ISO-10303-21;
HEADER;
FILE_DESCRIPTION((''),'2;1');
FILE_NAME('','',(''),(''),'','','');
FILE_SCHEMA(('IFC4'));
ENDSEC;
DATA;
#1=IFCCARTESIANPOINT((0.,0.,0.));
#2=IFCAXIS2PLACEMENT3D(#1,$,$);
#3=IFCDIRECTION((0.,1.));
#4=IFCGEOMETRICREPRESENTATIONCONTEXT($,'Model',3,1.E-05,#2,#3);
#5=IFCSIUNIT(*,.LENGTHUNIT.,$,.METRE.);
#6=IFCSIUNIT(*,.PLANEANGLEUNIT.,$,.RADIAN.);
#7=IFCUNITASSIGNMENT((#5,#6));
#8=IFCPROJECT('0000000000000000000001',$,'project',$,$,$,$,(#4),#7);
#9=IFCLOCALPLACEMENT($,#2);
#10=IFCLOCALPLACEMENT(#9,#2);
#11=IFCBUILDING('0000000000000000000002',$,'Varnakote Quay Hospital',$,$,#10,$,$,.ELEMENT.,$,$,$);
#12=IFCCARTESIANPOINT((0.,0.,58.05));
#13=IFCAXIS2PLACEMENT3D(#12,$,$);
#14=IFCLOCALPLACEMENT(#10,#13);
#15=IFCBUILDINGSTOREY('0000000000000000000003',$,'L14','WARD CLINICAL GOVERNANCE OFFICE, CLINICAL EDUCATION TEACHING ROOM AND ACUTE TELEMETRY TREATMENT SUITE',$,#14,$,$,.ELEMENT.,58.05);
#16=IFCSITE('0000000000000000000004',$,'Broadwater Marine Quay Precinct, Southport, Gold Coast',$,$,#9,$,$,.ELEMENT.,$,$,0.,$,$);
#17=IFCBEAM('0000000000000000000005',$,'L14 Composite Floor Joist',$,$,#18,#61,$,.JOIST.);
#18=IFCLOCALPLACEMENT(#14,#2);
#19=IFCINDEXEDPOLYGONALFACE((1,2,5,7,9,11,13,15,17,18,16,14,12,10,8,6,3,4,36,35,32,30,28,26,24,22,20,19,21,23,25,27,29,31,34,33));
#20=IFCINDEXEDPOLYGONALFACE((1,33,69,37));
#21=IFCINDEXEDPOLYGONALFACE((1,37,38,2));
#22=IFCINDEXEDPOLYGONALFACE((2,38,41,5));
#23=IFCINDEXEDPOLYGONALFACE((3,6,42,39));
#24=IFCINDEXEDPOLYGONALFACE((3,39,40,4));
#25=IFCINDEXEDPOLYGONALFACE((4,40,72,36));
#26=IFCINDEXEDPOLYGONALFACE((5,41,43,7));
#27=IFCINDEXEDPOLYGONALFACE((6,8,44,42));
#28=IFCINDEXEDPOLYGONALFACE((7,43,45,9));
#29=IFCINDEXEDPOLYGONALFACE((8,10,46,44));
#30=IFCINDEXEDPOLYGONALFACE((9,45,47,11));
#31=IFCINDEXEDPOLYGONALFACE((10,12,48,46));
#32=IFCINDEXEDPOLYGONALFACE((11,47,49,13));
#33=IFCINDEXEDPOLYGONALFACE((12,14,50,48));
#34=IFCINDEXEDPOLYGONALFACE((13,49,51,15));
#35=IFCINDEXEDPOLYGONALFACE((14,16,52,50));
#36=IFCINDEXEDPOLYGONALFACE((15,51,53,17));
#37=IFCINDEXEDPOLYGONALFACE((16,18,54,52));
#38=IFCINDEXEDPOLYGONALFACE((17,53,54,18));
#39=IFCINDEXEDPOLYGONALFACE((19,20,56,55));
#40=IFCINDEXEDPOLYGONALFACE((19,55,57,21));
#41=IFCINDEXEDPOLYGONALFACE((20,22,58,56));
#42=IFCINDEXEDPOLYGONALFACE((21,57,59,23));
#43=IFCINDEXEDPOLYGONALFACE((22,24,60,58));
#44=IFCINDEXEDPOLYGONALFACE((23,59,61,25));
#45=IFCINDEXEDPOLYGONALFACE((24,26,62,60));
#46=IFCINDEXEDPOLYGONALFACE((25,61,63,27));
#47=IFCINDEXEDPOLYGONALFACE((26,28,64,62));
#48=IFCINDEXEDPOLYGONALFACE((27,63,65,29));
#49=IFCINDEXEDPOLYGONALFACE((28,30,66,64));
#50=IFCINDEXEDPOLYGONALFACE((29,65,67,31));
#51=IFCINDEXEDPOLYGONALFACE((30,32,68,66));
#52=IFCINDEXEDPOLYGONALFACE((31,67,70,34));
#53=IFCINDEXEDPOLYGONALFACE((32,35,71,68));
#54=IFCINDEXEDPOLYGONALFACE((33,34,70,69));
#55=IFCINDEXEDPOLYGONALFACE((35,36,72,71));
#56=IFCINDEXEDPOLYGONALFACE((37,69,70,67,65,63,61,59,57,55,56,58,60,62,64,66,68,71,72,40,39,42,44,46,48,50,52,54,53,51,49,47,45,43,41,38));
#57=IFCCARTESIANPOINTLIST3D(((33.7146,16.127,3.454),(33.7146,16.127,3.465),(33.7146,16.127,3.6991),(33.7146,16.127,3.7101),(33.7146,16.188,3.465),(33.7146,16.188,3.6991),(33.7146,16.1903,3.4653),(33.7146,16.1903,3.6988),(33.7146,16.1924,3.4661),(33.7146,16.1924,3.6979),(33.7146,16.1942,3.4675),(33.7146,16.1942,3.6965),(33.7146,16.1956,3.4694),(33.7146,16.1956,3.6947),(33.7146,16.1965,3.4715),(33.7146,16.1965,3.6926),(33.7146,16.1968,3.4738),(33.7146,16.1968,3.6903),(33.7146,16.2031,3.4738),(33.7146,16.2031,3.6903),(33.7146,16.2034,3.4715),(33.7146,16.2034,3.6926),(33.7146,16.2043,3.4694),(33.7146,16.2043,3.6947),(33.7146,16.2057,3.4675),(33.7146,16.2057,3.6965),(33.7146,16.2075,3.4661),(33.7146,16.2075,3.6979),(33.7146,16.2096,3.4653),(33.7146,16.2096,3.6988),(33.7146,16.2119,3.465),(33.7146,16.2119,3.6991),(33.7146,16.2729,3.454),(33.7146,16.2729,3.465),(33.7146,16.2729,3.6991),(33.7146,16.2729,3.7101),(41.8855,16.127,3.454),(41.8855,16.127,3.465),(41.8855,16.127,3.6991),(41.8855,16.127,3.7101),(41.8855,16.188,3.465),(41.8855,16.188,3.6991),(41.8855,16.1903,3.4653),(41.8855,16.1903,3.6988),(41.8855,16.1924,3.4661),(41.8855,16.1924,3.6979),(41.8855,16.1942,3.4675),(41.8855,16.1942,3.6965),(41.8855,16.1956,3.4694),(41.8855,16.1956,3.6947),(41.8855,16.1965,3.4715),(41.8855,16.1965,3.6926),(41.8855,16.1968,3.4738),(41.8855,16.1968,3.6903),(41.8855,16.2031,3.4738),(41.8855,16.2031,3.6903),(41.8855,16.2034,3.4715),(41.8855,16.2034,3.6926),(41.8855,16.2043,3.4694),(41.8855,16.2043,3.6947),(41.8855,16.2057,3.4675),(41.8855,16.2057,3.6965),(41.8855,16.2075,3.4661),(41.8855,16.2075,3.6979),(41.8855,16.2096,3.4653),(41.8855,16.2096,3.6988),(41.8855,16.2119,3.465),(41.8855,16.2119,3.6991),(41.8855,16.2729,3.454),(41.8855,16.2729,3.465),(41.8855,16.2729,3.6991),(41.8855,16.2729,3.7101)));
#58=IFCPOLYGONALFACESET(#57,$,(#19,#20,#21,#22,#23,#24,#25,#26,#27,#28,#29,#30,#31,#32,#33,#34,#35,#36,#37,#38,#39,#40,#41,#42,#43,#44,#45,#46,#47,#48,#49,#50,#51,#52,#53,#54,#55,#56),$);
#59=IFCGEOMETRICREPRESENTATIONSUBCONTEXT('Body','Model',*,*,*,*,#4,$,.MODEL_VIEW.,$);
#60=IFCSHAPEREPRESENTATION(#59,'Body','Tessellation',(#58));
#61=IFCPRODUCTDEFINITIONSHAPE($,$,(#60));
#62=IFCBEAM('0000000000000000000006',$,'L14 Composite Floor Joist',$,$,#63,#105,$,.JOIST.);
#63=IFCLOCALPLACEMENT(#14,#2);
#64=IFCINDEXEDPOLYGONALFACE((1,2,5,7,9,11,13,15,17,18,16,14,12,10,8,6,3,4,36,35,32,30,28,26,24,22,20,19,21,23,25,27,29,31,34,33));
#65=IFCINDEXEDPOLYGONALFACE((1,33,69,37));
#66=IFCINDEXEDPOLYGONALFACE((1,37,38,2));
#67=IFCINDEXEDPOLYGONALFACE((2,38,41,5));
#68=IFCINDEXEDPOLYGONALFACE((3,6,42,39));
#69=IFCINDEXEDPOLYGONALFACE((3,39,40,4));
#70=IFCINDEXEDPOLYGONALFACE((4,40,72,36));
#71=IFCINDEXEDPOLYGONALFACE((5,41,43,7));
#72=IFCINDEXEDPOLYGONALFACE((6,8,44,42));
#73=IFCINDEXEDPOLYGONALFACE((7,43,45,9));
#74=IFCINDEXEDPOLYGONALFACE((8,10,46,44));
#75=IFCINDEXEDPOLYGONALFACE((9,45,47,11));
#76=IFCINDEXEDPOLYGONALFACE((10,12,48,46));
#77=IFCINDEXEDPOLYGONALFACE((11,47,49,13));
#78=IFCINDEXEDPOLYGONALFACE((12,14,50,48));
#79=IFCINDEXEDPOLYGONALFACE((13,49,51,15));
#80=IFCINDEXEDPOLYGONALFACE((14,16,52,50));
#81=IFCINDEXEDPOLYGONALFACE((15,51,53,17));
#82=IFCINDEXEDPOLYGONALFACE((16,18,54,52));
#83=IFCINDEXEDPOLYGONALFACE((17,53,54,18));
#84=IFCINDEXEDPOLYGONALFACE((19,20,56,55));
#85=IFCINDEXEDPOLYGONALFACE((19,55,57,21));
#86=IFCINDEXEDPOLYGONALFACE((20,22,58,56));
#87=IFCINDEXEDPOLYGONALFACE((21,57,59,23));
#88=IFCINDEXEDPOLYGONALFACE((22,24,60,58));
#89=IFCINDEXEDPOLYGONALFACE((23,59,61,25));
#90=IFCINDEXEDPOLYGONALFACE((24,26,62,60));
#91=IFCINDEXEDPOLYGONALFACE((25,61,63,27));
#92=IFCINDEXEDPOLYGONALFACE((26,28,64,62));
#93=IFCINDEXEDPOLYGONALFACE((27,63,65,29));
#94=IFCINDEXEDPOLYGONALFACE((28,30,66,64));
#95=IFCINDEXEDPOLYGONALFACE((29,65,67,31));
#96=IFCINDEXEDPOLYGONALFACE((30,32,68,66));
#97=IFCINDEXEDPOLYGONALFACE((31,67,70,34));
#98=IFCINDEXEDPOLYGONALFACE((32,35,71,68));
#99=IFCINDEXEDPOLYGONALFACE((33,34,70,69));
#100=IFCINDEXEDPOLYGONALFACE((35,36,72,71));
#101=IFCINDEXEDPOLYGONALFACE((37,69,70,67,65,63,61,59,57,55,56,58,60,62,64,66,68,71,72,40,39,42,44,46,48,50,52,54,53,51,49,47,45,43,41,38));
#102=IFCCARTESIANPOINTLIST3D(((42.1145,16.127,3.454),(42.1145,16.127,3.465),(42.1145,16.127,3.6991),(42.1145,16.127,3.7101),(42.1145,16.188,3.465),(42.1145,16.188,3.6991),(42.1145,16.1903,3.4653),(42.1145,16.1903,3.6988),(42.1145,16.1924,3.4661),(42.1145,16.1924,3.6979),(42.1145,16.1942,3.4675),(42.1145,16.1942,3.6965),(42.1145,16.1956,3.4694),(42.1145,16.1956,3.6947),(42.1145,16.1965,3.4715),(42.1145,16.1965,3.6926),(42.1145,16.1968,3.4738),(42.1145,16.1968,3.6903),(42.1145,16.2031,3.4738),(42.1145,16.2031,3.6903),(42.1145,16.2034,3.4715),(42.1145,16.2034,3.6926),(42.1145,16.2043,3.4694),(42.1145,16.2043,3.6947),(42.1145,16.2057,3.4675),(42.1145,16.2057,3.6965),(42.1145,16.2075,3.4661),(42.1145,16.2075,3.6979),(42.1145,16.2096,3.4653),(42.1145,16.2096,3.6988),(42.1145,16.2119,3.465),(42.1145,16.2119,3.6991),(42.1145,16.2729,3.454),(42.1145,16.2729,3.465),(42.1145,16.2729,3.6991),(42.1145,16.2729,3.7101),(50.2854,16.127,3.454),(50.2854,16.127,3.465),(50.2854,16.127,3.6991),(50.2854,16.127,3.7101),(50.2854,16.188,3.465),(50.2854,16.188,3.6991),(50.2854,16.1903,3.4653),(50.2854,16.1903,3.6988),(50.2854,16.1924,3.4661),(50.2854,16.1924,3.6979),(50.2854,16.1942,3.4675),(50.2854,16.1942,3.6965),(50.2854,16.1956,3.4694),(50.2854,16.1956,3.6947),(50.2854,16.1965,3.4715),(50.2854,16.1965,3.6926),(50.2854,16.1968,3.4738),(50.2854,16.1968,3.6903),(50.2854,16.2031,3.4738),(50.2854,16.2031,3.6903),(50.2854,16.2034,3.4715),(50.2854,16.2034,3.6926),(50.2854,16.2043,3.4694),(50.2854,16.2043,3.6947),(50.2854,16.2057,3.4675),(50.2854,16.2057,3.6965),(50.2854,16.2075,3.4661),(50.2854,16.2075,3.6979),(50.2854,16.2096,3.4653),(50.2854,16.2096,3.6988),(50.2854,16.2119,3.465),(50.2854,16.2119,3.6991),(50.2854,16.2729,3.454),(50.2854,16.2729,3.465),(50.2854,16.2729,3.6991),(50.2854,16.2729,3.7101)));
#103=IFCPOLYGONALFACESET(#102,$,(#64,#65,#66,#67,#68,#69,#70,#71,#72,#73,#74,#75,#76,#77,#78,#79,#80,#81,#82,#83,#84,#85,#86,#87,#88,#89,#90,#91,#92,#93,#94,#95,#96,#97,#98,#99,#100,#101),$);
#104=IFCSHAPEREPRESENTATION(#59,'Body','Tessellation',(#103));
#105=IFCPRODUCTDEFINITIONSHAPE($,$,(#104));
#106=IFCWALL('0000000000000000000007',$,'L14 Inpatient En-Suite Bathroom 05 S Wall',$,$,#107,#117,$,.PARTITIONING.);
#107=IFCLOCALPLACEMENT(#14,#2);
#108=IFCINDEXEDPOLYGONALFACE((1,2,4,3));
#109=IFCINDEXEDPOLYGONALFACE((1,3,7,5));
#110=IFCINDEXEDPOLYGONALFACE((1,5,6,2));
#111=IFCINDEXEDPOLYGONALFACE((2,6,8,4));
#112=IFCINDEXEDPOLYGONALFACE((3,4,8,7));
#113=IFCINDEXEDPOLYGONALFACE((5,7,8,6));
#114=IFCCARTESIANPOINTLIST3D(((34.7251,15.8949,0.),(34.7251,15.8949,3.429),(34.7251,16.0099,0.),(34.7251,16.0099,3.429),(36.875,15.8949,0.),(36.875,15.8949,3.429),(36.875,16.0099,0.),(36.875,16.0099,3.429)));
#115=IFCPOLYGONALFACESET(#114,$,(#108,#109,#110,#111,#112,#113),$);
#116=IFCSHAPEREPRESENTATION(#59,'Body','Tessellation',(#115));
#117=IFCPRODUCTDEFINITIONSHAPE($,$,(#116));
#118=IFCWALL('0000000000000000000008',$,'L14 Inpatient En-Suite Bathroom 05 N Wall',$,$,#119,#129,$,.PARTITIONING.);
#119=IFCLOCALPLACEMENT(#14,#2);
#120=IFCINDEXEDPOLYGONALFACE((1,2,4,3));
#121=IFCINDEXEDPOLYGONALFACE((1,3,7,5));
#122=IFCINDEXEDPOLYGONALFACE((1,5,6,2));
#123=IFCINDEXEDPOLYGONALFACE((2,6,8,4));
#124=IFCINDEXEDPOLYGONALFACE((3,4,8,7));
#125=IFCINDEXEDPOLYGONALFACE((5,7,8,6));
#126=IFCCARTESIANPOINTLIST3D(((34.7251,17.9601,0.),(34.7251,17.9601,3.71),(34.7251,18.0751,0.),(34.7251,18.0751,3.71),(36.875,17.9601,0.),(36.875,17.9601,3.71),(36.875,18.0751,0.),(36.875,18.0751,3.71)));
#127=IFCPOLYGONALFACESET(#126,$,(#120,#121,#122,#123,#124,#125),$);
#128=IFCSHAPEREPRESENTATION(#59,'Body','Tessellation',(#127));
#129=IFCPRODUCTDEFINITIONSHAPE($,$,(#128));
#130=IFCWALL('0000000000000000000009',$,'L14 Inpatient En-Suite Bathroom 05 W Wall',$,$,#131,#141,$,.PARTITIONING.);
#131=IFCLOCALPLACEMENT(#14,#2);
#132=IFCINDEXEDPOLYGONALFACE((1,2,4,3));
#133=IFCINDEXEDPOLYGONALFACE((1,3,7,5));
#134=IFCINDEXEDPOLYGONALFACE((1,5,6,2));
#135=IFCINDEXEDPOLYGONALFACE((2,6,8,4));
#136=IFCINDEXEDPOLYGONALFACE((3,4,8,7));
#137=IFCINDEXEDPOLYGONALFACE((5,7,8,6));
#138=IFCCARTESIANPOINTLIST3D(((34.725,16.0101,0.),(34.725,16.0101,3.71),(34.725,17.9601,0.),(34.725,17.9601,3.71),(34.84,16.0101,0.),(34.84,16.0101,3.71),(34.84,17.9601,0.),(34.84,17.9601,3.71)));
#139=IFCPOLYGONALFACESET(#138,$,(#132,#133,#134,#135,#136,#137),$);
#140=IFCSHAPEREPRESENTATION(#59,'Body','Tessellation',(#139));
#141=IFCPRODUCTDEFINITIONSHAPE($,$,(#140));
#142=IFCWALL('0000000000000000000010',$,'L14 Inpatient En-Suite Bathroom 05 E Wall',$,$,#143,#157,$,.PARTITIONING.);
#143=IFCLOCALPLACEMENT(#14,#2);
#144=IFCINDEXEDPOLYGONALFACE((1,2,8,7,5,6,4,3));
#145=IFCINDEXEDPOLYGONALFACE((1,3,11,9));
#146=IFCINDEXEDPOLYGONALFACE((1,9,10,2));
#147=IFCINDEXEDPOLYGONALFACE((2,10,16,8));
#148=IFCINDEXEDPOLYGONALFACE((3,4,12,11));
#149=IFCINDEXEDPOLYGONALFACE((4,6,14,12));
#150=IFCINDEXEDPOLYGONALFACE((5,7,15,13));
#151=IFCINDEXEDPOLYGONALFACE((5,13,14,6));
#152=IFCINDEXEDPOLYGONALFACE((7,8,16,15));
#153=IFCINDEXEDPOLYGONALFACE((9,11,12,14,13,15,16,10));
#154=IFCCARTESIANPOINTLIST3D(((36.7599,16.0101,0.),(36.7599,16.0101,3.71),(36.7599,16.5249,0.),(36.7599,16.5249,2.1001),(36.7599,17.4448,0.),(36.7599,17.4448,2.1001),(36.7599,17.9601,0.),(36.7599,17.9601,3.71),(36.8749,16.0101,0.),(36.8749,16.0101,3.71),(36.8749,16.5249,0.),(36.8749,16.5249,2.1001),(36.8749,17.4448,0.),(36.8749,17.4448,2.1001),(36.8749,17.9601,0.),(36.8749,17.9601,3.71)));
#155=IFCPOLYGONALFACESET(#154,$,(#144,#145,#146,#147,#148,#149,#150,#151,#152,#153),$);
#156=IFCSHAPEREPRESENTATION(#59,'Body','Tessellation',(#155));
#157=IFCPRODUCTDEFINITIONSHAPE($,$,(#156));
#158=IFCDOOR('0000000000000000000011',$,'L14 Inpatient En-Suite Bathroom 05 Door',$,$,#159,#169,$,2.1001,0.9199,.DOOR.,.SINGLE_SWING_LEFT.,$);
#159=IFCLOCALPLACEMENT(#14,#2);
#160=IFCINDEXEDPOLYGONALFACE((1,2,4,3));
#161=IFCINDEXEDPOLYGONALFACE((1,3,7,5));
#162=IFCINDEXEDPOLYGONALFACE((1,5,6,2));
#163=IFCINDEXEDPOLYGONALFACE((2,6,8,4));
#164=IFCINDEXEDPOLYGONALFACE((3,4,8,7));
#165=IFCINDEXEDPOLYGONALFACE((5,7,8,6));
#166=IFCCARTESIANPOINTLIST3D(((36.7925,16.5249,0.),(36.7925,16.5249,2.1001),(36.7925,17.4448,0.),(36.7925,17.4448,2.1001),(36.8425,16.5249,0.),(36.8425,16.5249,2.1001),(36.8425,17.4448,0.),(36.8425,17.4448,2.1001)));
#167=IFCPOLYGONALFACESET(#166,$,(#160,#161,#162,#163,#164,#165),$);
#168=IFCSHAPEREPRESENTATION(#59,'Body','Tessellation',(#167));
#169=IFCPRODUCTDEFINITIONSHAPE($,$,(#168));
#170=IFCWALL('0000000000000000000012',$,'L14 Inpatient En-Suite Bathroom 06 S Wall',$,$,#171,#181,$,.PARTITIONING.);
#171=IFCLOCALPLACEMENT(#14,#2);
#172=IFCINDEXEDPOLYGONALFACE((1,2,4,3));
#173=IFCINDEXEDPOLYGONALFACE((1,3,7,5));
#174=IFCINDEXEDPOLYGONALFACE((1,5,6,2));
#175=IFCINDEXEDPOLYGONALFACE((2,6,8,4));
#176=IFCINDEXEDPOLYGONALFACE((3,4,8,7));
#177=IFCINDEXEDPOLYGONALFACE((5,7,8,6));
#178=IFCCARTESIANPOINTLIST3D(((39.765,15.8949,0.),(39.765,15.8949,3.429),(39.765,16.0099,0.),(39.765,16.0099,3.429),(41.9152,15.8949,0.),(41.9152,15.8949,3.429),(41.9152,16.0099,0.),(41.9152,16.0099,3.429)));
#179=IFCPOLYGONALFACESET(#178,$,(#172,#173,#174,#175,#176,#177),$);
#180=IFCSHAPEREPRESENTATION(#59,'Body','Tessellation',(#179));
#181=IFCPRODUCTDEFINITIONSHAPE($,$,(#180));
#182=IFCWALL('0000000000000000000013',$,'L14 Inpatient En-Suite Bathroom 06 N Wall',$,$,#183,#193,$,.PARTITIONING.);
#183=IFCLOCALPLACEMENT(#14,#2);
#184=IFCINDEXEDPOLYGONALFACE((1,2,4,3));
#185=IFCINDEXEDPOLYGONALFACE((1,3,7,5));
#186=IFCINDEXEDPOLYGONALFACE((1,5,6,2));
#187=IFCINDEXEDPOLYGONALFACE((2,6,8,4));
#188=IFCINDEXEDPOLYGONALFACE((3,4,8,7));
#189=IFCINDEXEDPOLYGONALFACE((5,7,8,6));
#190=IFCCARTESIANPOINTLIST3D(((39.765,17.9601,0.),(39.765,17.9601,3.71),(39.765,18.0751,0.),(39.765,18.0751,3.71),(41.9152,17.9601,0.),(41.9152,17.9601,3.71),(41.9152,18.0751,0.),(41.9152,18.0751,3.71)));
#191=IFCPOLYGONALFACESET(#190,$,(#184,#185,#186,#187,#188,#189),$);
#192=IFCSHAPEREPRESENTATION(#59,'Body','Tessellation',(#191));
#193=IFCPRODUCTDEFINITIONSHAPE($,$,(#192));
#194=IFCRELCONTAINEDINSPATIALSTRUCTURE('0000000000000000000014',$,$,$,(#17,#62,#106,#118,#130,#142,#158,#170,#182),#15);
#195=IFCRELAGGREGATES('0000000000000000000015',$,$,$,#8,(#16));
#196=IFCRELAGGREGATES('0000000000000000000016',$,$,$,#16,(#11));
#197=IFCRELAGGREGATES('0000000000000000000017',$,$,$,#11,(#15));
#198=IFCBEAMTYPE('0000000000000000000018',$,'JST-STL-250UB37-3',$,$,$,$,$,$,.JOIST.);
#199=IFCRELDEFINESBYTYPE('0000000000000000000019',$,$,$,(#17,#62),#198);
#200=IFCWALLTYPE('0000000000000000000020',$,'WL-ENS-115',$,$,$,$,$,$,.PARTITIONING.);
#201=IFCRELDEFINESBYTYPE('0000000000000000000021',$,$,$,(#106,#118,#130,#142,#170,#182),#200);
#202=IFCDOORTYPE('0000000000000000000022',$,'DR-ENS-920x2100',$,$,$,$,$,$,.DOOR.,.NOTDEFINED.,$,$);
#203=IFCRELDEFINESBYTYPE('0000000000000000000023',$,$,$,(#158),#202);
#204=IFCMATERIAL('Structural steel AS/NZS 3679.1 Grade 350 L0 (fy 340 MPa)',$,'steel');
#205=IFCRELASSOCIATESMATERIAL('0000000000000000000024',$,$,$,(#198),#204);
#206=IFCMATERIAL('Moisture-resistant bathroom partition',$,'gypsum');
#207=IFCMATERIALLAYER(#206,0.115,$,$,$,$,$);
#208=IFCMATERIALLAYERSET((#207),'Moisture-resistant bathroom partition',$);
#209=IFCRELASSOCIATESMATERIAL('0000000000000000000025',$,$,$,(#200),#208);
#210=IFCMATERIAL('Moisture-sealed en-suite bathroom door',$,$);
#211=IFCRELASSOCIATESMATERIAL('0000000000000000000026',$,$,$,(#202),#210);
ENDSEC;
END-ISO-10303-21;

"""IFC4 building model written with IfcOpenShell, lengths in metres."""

from ifc_helpers import new_model, si_unit, direction, frame, frame_2d, origin, origin_2d, place, context, subcontext, project, spatial, rectangle, i_section, extrude, material, layer, layer_set, material_profile, profile_set, type_object, element, fill, save


model = new_model("IFC4")

# Units and contexts
model_context = context("Model", 3, precision=1e-05, world=origin(), true_north=direction((0.0, 1.0)))
body_context = subcontext(model_context, "Body", "Model", "MODEL_VIEW")
ifc_project = project(units=[si_unit("LENGTHUNIT", "METRE"), si_unit("PLANEANGLEUNIT", "RADIAN")], contexts=[model_context])

# Site, building, storey
site_placement = place(None, origin())
site = spatial("IfcSite", under=ifc_project, at=site_placement, Name="Broadwater Marine Quay Precinct, Southport, Gold Coast", CompositionType="ELEMENT", RefElevation=0.0)
building_placement = place(site_placement, origin())
building = spatial("IfcBuilding", under=site, at=building_placement, Name="Varnakote Quay Hospital", CompositionType="ELEMENT")
storey_placement = place(building_placement, frame((0.0, 0.0, 58.05)))
storey = spatial("IfcBuildingStorey", under=building, at=storey_placement, Name="L14", Description="WARD CLINICAL GOVERNANCE OFFICE, CLINICAL EDUCATION TEACHING ROOM AND ACUTE TELEMETRY TREATMENT SUITE", CompositionType="ELEMENT", Elevation=58.05)

# Beams
ifc_material_1 = material(Name="Structural steel AS/NZS 3679.1 Grade 350 L0 (fy 340 MPa)", Category="steel")
ifc_material_profile_1 = material_profile(ifc_material_1, i_section(OverallWidth=0.146, OverallDepth=0.2561, WebThickness=0.0063, FlangeThickness=0.011, FilletRadius=0.0088, at=origin_2d()), Name="250UB37.3")
ifc_profile_set_1 = profile_set([ifc_material_profile_1], Name="Structural steel AS/NZS 3679.1 Grade 350 L0 (fy 340 MPa)")
beam_type_1 = type_object("IfcBeamType", Name="JST-STL-250UB37-3", PredefinedType="JOIST", material=ifc_profile_set_1)
for number, where, z_axis, x_axis, name in (
    (1, (33.7146, 16.2, 3.582), (1.0, 0.0, 0.0), (0.0, 1.0, 0.0), "L14 Composite Floor Joist"),
    (2, (42.1145, 16.2, 3.582), (1.0, 0.0, 0.0), (0.0, 1.0, 0.0), "L14 Composite Floor Joist"),
):
    element("IfcBeam", number, at=place(storey_placement, frame(where, z_axis=z_axis, x_axis=x_axis)), inside=storey, type_object=beam_type_1, Name=name, PredefinedType="JOIST", context=body_context, shape_type="SweptSolid", body=[
        extrude(i_section(OverallWidth=0.146, OverallDepth=0.2561, WebThickness=0.0063, FlangeThickness=0.011, FilletRadius=0.0088, at=origin_2d()), origin(), (0.0, 0.0, 1.0), 8.1709),
    ])

# Walls
ifc_material_2 = material(Name="Moisture-resistant bathroom partition", Category="gypsum")
ifc_layer_1 = layer(ifc_material_2, 0.115)
ifc_layer_set_1 = layer_set([ifc_layer_1], Name="Moisture-resistant bathroom partition")
wall_type_1 = type_object("IfcWallType", Name="WL-ENS-115", PredefinedType="PARTITIONING", material=ifc_layer_set_1)
wall_1_placement = place(storey_placement, frame((34.7251, 15.9524, 0.0), z_axis=(0.0, 0.0, 1.0), x_axis=(1.0, 0.0, 0.0)))
element("IfcWall", 3, at=wall_1_placement, inside=storey, type_object=wall_type_1, Name="L14 Inpatient En-Suite Bathroom 05 S Wall", PredefinedType="PARTITIONING", context=body_context, shape_type="SweptSolid", body=[
    extrude(rectangle(XDim=2.1499, YDim=0.115, at=frame_2d((1.075, 0.0))), origin(), (0.0, 0.0, 1.0), 3.429),
])
wall_2_placement = place(storey_placement, frame((34.7251, 18.0176, 0.0), z_axis=(0.0, 0.0, 1.0), x_axis=(1.0, 0.0, 0.0)))
element("IfcWall", 4, at=wall_2_placement, inside=storey, type_object=wall_type_1, Name="L14 Inpatient En-Suite Bathroom 05 N Wall", PredefinedType="PARTITIONING", context=body_context, shape_type="SweptSolid", body=[
    extrude(rectangle(XDim=2.1499, YDim=0.115, at=frame_2d((1.075, 0.0))), origin(), (0.0, 0.0, 1.0), 3.71),
])
wall_3_placement = place(storey_placement, frame((34.7825, 16.01, 0.0), z_axis=(0.0, 0.0, 1.0), x_axis=(0.0, 1.0, 0.0)))
element("IfcWall", 5, at=wall_3_placement, inside=storey, type_object=wall_type_1, Name="L14 Inpatient En-Suite Bathroom 05 W Wall", PredefinedType="PARTITIONING", context=body_context, shape_type="SweptSolid", body=[
    extrude(rectangle(XDim=1.95, YDim=0.115, at=frame_2d((0.9751, 0.0))), origin(), (0.0, 0.0, 1.0), 3.71),
])

# Wall, opening, door
wall_4_placement = place(storey_placement, frame((36.8174, 16.01, 0.0), z_axis=(0.0, 0.0, 1.0), x_axis=(0.0, 1.0, 0.0)))
wall_4 = element("IfcWall", 6, at=wall_4_placement, inside=storey, type_object=wall_type_1, Name="L14 Inpatient En-Suite Bathroom 05 E Wall", PredefinedType="PARTITIONING", context=body_context, shape_type="SweptSolid", body=[
    extrude(rectangle(XDim=1.95, YDim=0.115, at=frame_2d((0.9751, 0.0))), origin(), (0.0, 0.0, 1.0), 3.71),
])
opening_1_placement = place(wall_4_placement, frame((0.5149, 0.0, 0.0)))
opening_1 = element("IfcOpeningElement", 7, at=opening_1_placement, cuts=wall_4, PredefinedType="OPENING", context=body_context, shape_type="SweptSolid", body=[
    extrude(rectangle(XDim=0.9199, YDim=2.1001, at=frame_2d((0.46, 1.05))), frame((0.0, 0.0674, 0.0), z_axis=(0.0, -1.0, 0.0), x_axis=(1.0, 0.0, 0.0)), (0.0, 0.0, 1.0), 0.135),
])
ifc_material_3 = material(Name="Moisture-sealed en-suite bathroom door")
door_type_1 = type_object("IfcDoorType", Name="DR-ENS-920x2100", OperationType="NOTDEFINED", PredefinedType="DOOR", material=ifc_material_3)
door_1_placement = place(opening_1_placement, origin())
door_1 = element("IfcDoor", 8, at=door_1_placement, inside=storey, type_object=door_type_1, Name="L14 Inpatient En-Suite Bathroom 05 Door", OperationType="SINGLE_SWING_LEFT", OverallHeight=2.1001, OverallWidth=0.9199, PredefinedType="DOOR", context=body_context, shape_type="SweptSolid", body=[
    extrude(rectangle(XDim=0.9199, YDim=2.1001, at=frame_2d((0.46, 1.05))), frame((0.0, 0.0249, 0.0), z_axis=(0.0, -1.0, 0.0), x_axis=(1.0, 0.0, 0.0)), (0.0, 0.0, 1.0), 0.05),
])
fill(opening_1, door_1)

# Walls
wall_5_placement = place(storey_placement, frame((39.7649, 15.9524, 0.0), z_axis=(0.0, 0.0, 1.0), x_axis=(1.0, 0.0, 0.0)))
element("IfcWall", 9, at=wall_5_placement, inside=storey, type_object=wall_type_1, Name="L14 Inpatient En-Suite Bathroom 06 S Wall", PredefinedType="PARTITIONING", context=body_context, shape_type="SweptSolid", body=[
    extrude(rectangle(XDim=2.1501, YDim=0.115, at=frame_2d((1.0752, 0.0))), origin(), (0.0, 0.0, 1.0), 3.429),
])
wall_6_placement = place(storey_placement, frame((39.7649, 18.0176, 0.0), z_axis=(0.0, 0.0, 1.0), x_axis=(1.0, 0.0, 0.0)))
element("IfcWall", 10, at=wall_6_placement, inside=storey, type_object=wall_type_1, Name="L14 Inpatient En-Suite Bathroom 06 N Wall", PredefinedType="PARTITIONING", context=body_context, shape_type="SweptSolid", body=[
    extrude(rectangle(XDim=2.1501, YDim=0.115, at=frame_2d((1.0752, 0.0))), origin(), (0.0, 0.0, 1.0), 3.71),
])

save(model, "model.ifc")
